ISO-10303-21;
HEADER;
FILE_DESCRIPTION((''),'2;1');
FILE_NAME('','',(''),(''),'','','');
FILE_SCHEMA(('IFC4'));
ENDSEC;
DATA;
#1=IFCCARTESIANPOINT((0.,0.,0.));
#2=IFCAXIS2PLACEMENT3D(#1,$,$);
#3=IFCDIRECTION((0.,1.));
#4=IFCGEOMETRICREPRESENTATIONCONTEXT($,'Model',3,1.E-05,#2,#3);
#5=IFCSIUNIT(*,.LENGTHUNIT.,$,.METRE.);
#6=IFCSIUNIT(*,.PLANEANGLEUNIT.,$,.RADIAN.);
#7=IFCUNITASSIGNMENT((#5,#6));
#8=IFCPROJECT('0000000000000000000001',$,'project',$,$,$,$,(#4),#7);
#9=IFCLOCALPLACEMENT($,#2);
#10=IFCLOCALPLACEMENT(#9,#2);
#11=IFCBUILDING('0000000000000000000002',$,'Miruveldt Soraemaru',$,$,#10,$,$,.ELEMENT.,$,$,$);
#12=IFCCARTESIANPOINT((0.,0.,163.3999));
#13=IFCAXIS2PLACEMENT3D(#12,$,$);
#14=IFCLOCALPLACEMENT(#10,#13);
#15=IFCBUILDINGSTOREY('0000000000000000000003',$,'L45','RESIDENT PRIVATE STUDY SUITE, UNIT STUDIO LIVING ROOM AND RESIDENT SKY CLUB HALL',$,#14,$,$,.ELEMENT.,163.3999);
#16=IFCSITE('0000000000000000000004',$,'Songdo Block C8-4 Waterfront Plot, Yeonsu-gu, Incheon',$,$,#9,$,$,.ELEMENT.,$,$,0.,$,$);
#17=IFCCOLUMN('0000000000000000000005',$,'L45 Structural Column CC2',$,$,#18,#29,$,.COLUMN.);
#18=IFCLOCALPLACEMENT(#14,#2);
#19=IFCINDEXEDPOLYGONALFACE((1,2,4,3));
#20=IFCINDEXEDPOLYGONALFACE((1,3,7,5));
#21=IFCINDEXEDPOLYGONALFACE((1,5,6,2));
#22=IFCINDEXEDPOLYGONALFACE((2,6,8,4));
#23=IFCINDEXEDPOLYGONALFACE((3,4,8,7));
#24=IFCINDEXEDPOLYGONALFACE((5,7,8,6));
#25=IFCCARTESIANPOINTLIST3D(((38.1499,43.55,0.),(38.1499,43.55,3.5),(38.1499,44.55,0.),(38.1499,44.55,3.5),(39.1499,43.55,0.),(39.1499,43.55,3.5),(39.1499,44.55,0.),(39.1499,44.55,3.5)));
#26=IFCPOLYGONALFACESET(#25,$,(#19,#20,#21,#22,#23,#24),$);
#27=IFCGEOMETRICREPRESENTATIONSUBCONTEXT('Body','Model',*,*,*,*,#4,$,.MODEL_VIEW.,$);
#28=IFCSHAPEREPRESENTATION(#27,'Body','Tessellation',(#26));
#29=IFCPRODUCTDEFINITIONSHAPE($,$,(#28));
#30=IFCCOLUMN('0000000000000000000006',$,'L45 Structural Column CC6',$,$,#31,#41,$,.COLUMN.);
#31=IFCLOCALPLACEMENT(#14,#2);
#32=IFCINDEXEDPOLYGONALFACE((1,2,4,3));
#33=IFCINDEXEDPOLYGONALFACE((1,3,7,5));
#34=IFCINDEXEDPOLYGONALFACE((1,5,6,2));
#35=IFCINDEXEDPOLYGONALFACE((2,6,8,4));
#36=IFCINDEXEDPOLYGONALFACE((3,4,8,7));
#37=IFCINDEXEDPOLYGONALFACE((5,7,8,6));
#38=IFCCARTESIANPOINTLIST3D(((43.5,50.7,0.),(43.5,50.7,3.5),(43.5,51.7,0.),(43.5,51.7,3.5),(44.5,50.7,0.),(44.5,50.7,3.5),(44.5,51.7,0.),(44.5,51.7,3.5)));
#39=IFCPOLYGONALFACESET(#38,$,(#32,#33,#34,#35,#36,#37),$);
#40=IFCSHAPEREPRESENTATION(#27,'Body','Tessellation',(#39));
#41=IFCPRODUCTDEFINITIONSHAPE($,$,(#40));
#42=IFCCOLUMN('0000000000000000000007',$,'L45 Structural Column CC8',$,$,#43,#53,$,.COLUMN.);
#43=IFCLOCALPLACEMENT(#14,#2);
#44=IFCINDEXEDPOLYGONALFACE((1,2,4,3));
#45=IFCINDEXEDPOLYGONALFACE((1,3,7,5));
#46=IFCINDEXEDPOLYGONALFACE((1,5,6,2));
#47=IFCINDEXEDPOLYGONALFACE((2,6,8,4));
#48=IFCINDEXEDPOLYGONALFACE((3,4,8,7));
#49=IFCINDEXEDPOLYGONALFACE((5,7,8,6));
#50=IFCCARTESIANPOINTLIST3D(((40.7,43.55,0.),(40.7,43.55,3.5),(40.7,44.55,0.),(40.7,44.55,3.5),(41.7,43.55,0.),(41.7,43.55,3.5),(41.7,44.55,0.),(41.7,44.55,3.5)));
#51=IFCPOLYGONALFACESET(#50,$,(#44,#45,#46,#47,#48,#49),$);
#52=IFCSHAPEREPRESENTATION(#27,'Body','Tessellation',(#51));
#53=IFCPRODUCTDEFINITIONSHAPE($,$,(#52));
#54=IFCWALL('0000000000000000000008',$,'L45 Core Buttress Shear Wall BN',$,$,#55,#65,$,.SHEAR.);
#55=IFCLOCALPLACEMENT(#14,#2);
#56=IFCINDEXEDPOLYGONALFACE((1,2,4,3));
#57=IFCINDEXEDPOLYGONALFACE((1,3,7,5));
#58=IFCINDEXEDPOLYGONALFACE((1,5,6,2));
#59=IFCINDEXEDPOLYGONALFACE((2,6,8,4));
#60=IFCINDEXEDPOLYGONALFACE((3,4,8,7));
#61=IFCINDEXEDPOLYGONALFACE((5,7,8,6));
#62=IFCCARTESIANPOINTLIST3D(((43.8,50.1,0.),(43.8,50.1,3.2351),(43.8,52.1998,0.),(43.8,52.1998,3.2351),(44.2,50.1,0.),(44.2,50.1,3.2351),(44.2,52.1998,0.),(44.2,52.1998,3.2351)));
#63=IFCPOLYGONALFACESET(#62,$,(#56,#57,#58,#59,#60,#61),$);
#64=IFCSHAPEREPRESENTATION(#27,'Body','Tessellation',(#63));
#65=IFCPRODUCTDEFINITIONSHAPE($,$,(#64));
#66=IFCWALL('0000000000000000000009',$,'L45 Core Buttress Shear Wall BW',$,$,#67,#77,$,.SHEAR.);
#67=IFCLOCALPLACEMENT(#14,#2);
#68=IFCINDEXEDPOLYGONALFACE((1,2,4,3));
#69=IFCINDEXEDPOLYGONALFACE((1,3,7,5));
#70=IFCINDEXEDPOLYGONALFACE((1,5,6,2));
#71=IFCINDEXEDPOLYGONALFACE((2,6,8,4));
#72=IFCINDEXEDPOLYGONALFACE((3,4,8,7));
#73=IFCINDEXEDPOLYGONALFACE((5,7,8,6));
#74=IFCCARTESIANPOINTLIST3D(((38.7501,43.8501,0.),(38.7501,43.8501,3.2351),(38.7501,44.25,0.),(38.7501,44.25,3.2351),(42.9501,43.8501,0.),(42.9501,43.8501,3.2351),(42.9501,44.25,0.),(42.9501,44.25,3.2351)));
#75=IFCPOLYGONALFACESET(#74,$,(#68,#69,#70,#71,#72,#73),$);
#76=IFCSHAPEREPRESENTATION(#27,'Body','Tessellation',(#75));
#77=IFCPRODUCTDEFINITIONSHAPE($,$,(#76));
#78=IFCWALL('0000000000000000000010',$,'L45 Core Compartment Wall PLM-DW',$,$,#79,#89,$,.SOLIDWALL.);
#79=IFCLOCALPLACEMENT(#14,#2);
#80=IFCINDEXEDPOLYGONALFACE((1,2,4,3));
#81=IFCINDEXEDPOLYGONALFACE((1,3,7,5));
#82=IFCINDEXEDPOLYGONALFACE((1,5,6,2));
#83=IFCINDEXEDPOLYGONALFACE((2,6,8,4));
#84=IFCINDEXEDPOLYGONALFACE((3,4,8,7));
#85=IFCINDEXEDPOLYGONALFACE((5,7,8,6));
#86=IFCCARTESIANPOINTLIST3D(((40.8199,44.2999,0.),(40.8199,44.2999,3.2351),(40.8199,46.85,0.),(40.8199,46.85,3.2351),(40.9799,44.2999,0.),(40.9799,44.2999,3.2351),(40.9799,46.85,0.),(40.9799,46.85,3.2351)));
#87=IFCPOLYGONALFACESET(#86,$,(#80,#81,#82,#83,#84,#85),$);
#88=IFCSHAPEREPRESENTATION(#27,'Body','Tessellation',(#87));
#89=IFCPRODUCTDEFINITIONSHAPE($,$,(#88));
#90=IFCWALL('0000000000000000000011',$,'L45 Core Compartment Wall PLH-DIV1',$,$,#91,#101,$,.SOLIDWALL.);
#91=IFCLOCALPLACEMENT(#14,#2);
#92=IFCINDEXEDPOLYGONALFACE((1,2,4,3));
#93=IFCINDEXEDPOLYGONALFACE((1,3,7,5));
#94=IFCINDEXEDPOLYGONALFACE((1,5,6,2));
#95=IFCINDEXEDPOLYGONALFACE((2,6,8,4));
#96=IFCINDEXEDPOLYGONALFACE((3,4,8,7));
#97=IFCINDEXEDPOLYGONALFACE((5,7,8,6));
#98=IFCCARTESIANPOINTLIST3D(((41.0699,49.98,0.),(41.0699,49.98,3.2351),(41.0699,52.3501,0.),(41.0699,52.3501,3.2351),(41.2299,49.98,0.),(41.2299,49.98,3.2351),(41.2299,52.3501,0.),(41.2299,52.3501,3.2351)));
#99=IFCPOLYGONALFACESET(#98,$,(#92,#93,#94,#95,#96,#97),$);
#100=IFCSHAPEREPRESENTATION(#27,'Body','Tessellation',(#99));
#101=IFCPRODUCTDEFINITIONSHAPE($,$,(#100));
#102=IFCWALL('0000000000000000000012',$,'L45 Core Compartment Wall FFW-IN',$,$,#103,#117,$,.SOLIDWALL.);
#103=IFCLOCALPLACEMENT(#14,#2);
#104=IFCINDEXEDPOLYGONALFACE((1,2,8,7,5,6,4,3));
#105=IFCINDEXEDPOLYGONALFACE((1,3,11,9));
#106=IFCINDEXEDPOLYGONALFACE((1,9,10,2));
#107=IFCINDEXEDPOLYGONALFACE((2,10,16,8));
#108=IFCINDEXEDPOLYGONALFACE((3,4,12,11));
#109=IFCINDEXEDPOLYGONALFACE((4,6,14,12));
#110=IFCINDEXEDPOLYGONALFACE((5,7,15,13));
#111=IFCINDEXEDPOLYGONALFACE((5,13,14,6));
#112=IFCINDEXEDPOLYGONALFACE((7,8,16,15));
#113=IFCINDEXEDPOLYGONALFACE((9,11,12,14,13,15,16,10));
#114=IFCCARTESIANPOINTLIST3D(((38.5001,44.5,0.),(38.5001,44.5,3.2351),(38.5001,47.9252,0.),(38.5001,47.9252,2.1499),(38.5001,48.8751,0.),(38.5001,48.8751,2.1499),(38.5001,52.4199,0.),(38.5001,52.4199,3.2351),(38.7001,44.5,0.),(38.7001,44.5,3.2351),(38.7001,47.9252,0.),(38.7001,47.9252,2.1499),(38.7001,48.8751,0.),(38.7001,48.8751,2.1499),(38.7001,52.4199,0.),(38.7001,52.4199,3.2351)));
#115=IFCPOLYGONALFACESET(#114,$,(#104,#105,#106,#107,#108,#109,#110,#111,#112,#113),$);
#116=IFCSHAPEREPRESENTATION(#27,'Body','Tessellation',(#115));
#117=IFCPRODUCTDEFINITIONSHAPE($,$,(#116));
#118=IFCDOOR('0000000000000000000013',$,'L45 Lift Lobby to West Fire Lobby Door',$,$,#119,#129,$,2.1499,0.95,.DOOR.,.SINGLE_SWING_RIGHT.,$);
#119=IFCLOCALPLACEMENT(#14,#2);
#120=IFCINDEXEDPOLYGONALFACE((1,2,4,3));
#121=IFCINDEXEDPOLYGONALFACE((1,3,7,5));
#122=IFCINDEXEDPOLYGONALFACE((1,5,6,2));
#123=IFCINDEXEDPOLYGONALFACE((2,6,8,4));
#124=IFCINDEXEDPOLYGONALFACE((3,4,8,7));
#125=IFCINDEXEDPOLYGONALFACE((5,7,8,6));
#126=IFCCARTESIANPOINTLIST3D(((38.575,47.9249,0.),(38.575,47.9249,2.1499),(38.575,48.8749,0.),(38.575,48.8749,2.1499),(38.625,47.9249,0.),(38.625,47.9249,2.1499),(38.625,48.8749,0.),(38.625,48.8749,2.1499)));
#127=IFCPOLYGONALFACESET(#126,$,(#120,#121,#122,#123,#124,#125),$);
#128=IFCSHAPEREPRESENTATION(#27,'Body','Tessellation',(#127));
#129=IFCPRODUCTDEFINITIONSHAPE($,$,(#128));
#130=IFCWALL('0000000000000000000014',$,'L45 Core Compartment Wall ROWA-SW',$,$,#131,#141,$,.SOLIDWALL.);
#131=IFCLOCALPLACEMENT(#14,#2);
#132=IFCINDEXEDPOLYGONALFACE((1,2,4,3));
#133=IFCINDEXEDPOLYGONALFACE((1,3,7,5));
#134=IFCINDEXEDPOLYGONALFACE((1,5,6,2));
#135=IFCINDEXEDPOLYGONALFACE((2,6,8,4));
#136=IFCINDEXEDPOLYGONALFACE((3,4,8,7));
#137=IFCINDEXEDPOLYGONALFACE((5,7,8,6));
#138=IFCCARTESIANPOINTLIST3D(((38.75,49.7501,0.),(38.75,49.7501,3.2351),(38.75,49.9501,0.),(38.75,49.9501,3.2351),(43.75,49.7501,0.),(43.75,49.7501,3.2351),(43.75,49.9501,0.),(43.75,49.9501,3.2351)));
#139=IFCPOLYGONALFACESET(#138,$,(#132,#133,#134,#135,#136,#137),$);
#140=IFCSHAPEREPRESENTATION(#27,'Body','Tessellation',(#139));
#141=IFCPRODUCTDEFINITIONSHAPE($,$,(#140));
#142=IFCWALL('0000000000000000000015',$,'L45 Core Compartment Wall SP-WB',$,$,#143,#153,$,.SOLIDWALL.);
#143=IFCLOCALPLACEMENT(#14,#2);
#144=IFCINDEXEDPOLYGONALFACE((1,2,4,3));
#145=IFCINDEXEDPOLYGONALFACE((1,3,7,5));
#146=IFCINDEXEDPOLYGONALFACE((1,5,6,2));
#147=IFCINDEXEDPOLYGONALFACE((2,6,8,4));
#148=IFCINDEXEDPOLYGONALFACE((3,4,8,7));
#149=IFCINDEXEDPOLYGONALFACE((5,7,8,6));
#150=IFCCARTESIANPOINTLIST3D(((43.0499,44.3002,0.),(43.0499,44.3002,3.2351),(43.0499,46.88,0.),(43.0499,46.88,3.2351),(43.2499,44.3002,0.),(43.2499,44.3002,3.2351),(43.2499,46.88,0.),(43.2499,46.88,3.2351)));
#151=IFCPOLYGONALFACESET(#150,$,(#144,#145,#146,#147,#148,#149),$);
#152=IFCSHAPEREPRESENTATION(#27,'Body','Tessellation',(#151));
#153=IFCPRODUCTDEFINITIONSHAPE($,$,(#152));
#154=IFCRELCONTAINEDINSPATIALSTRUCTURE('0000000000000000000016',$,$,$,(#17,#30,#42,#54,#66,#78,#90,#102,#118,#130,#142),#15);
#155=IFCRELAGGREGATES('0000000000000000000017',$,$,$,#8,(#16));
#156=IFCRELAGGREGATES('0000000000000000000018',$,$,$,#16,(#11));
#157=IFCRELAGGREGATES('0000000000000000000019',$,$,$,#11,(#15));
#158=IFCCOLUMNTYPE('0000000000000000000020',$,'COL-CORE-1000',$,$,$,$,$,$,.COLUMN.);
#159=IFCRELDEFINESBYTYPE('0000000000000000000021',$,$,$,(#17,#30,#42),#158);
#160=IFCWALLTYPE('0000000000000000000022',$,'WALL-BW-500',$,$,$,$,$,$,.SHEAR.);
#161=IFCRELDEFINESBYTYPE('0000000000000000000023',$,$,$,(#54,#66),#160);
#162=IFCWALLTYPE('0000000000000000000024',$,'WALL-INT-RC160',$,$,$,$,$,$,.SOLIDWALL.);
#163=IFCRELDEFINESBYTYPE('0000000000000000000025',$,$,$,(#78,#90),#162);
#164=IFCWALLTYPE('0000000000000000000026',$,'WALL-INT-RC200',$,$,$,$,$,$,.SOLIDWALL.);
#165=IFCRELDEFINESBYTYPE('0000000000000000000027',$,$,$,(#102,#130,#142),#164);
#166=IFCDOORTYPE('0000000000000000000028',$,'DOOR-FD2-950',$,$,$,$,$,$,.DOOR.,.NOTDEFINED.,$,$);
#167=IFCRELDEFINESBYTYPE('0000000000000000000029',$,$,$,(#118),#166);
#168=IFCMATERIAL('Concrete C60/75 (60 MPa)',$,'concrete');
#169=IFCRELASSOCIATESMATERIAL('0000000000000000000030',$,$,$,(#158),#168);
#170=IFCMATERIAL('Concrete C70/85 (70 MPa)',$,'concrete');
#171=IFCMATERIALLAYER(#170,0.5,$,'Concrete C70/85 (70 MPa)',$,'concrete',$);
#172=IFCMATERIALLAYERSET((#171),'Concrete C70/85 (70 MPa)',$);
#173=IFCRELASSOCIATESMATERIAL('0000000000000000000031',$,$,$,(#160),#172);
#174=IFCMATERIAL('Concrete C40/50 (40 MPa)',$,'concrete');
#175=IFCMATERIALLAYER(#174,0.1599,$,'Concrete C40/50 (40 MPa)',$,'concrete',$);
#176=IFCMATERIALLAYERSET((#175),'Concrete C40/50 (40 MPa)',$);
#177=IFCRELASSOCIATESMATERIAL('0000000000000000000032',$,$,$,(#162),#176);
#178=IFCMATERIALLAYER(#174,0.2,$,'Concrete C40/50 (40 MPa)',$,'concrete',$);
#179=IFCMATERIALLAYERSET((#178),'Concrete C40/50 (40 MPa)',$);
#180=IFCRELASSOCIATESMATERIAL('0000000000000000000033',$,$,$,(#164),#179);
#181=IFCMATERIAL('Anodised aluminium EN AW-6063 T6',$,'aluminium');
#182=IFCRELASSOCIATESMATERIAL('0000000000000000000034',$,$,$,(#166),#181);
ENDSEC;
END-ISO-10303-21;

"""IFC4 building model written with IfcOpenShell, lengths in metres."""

from ifc_helpers import new_model, si_unit, direction, frame, frame_2d, origin, origin_2d, place, context, subcontext, project, spatial, rectangle, extrude, material, layer, layer_set, material_profile, profile_set, type_object, element, fill, save


model = new_model("IFC4")

# Units and contexts
model_context = context("Model", 3, precision=1e-05, world=origin(), true_north=direction((0.0, 1.0)))
body_context = subcontext(model_context, "Body", "Model", "MODEL_VIEW")
ifc_project = project(units=[si_unit("LENGTHUNIT", "METRE"), si_unit("PLANEANGLEUNIT", "RADIAN")], contexts=[model_context])

# Site, building, storey
site_placement = place(None, origin())
site = spatial("IfcSite", under=ifc_project, at=site_placement, Name="Songdo Block C8-4 Waterfront Plot, Yeonsu-gu, Incheon", CompositionType="ELEMENT", RefElevation=0.0)
building_placement = place(site_placement, origin())
building = spatial("IfcBuilding", under=site, at=building_placement, Name="Miruveldt Soraemaru", CompositionType="ELEMENT")
storey_placement = place(building_placement, frame((0.0, 0.0, 163.3999)))
storey = spatial("IfcBuildingStorey", under=building, at=storey_placement, Name="L45", Description="RESIDENT PRIVATE STUDY SUITE, UNIT STUDIO LIVING ROOM AND RESIDENT SKY CLUB HALL", CompositionType="ELEMENT", Elevation=163.3999)

# Columns
ifc_material_1 = material(Name="Concrete C60/75 (60 MPa)", Category="concrete")
ifc_material_profile = material_profile(ifc_material_1, rectangle(XDim=1.0, YDim=1.0, at=origin_2d()), Name="Concrete C60/75 (60 MPa)", Category="concrete")
ifc_profile_set = profile_set([ifc_material_profile], Name="Concrete C60/75 (60 MPa)")
column_type = type_object("IfcColumnType", Name="COL-CORE-1000", PredefinedType="COLUMN", material=ifc_profile_set)
for number, where, z_axis, x_axis, name in (
    (1, (38.6499, 44.05, 0.0), (0.0, 0.0, 1.0), (1.0, 0.0, 0.0), "L45 Structural Column CC2"),
    (2, (44.0, 51.2, 0.0), (0.0, 0.0, 1.0), (1.0, 0.0, 0.0), "L45 Structural Column CC6"),
    (3, (41.2, 44.05, 0.0), (0.0, 0.0, 1.0), (1.0, 0.0, 0.0), "L45 Structural Column CC8"),
):
    element("IfcColumn", number, at=place(storey_placement, frame(where, z_axis=z_axis, x_axis=x_axis)), inside=storey, type_object=column_type, Name=name, PredefinedType="COLUMN", context=body_context, shape_type="SweptSolid", body=[
        extrude(rectangle(XDim=1.0, YDim=1.0, at=origin_2d()), origin(), (0.0, 0.0, 1.0), 3.5),
    ])

# Walls
ifc_material_2 = material(Name="Concrete C70/85 (70 MPa)", Category="concrete")
ifc_layer_1 = layer(ifc_material_2, 0.5, Name="Concrete C70/85 (70 MPa)", Category="concrete")
ifc_layer_set_1 = layer_set([ifc_layer_1], Name="Concrete C70/85 (70 MPa)")
wall_type_1 = type_object("IfcWallType", Name="WALL-BW-500", PredefinedType="SHEAR", material=ifc_layer_set_1)
wall_1_placement = place(storey_placement, frame((44.0, 50.1001, 0.0), z_axis=(0.0, 0.0, 1.0), x_axis=(0.0, 1.0, 0.0)))
element("IfcWall", 4, at=wall_1_placement, inside=storey, type_object=wall_type_1, Name="L45 Core Buttress Shear Wall BN", PredefinedType="SHEAR", context=body_context, shape_type="SweptSolid", body=[
    extrude(rectangle(XDim=2.0999, YDim=0.3999, at=frame_2d((1.0498, 0.0))), origin(), (0.0, 0.0, 1.0), 3.2351),
])
wall_2_placement = place(storey_placement, frame((38.75, 44.05, 0.0), z_axis=(0.0, 0.0, 1.0), x_axis=(1.0, 0.0, 0.0)))
element("IfcWall", 5, at=wall_2_placement, inside=storey, type_object=wall_type_1, Name="L45 Core Buttress Shear Wall BW", PredefinedType="SHEAR", context=body_context, shape_type="SweptSolid", body=[
    extrude(rectangle(XDim=4.2, YDim=0.3999, at=frame_2d((2.1001, 0.0))), origin(), (0.0, 0.0, 1.0), 3.2351),
])
ifc_material_3 = material(Name="Concrete C40/50 (40 MPa)", Category="concrete")
ifc_layer_2 = layer(ifc_material_3, 0.1599, Name="Concrete C40/50 (40 MPa)", Category="concrete")
ifc_layer_set_2 = layer_set([ifc_layer_2], Name="Concrete C40/50 (40 MPa)")
wall_type_2 = type_object("IfcWallType", Name="WALL-INT-RC160", PredefinedType="SOLIDWALL", material=ifc_layer_set_2)
wall_3_placement = place(storey_placement, frame((40.8999, 44.3, 0.0), z_axis=(0.0, 0.0, 1.0), x_axis=(0.0, 1.0, 0.0)))
element("IfcWall", 6, at=wall_3_placement, inside=storey, type_object=wall_type_2, Name="L45 Core Compartment Wall PLM-DW", PredefinedType="SOLIDWALL", context=body_context, shape_type="SweptSolid", body=[
    extrude(rectangle(XDim=2.55, YDim=0.1599, at=frame_2d((1.2749, 0.0))), origin(), (0.0, 0.0, 1.0), 3.2351),
])
wall_4_placement = place(storey_placement, frame((41.1499, 49.98, 0.0), z_axis=(0.0, 0.0, 1.0), x_axis=(0.0, 1.0, 0.0)))
element("IfcWall", 7, at=wall_4_placement, inside=storey, type_object=wall_type_2, Name="L45 Core Compartment Wall PLH-DIV1", PredefinedType="SOLIDWALL", context=body_context, shape_type="SweptSolid", body=[
    extrude(rectangle(XDim=2.3701, YDim=0.1599, at=frame_2d((1.1851, 0.0))), origin(), (0.0, 0.0, 1.0), 3.2351),
])

# Wall, opening, door
ifc_layer_3 = layer(ifc_material_3, 0.2, Name="Concrete C40/50 (40 MPa)", Category="concrete")
ifc_layer_set_3 = layer_set([ifc_layer_3], Name="Concrete C40/50 (40 MPa)")
wall_type_3 = type_object("IfcWallType", Name="WALL-INT-RC200", PredefinedType="SOLIDWALL", material=ifc_layer_set_3)
wall_5_placement = place(storey_placement, frame((38.6001, 44.5, 0.0), z_axis=(0.0, 0.0, 1.0), x_axis=(0.0, 1.0, 0.0)))
wall_5 = element("IfcWall", 8, at=wall_5_placement, inside=storey, type_object=wall_type_3, Name="L45 Core Compartment Wall FFW-IN", PredefinedType="SOLIDWALL", context=body_context, shape_type="SweptSolid", body=[
    extrude(rectangle(XDim=7.9199, YDim=0.2, at=frame_2d((3.96, 0.0))), origin(), (0.0, 0.0, 1.0), 3.2351),
])
opening_1_placement = place(wall_5_placement, frame((3.425, 0.0, 0.0)))
opening_1 = element("IfcOpeningElement", 9, at=opening_1_placement, cuts=wall_5, PredefinedType="OPENING", context=body_context, shape_type="SweptSolid", body=[
    extrude(rectangle(XDim=0.95, YDim=2.1499, at=frame_2d((0.4751, 1.075))), frame((0.0, 0.1099, 0.0), z_axis=(0.0, -1.0, 0.0), x_axis=(1.0, 0.0, 0.0)), (0.0, 0.0, 1.0), 0.22),
])
ifc_material_4 = material(Name="Anodised aluminium EN AW-6063 T6", Category="aluminium")
door_type_1 = type_object("IfcDoorType", Name="DOOR-FD2-950", OperationType="NOTDEFINED", PredefinedType="DOOR", material=ifc_material_4)
door_1_placement = place(opening_1_placement, frame((0.95, 0.0, 0.0), z_axis=(0.0, 0.0, 1.0), x_axis=(-1.0, 0.0, 0.0)))
door_1 = element("IfcDoor", 10, at=door_1_placement, inside=storey, type_object=door_type_1, Name="L45 Lift Lobby to West Fire Lobby Door", OperationType="SINGLE_SWING_RIGHT", OverallHeight=2.1499, OverallWidth=0.95, PredefinedType="DOOR", context=body_context, shape_type="SweptSolid", body=[
    extrude(rectangle(XDim=0.95, YDim=2.1499, at=frame_2d((0.4751, 1.075))), frame((0.0, 0.0249, 0.0), z_axis=(0.0, -1.0, 0.0), x_axis=(1.0, 0.0, 0.0)), (0.0, 0.0, 1.0), 0.05),
])
fill(opening_1, door_1)

# Walls
wall_6_placement = place(storey_placement, frame((38.75, 49.8501, 0.0), z_axis=(0.0, 0.0, 1.0), x_axis=(1.0, 0.0, 0.0)))
element("IfcWall", 11, at=wall_6_placement, inside=storey, type_object=wall_type_3, Name="L45 Core Compartment Wall ROWA-SW", PredefinedType="SOLIDWALL", context=body_context, shape_type="SweptSolid", body=[
    extrude(rectangle(XDim=5.0, YDim=0.2, at=frame_2d((2.5, 0.0))), origin(), (0.0, 0.0, 1.0), 3.2351),
])
wall_7_placement = place(storey_placement, frame((43.1499, 44.3, 0.0), z_axis=(0.0, 0.0, 1.0), x_axis=(0.0, 1.0, 0.0)))
element("IfcWall", 12, at=wall_7_placement, inside=storey, type_object=wall_type_3, Name="L45 Core Compartment Wall SP-WB", PredefinedType="SOLIDWALL", context=body_context, shape_type="SweptSolid", body=[
    extrude(rectangle(XDim=2.5798, YDim=0.2, at=frame_2d((1.29, 0.0))), origin(), (0.0, 0.0, 1.0), 3.2351),
])

save(model, "model.ifc")
